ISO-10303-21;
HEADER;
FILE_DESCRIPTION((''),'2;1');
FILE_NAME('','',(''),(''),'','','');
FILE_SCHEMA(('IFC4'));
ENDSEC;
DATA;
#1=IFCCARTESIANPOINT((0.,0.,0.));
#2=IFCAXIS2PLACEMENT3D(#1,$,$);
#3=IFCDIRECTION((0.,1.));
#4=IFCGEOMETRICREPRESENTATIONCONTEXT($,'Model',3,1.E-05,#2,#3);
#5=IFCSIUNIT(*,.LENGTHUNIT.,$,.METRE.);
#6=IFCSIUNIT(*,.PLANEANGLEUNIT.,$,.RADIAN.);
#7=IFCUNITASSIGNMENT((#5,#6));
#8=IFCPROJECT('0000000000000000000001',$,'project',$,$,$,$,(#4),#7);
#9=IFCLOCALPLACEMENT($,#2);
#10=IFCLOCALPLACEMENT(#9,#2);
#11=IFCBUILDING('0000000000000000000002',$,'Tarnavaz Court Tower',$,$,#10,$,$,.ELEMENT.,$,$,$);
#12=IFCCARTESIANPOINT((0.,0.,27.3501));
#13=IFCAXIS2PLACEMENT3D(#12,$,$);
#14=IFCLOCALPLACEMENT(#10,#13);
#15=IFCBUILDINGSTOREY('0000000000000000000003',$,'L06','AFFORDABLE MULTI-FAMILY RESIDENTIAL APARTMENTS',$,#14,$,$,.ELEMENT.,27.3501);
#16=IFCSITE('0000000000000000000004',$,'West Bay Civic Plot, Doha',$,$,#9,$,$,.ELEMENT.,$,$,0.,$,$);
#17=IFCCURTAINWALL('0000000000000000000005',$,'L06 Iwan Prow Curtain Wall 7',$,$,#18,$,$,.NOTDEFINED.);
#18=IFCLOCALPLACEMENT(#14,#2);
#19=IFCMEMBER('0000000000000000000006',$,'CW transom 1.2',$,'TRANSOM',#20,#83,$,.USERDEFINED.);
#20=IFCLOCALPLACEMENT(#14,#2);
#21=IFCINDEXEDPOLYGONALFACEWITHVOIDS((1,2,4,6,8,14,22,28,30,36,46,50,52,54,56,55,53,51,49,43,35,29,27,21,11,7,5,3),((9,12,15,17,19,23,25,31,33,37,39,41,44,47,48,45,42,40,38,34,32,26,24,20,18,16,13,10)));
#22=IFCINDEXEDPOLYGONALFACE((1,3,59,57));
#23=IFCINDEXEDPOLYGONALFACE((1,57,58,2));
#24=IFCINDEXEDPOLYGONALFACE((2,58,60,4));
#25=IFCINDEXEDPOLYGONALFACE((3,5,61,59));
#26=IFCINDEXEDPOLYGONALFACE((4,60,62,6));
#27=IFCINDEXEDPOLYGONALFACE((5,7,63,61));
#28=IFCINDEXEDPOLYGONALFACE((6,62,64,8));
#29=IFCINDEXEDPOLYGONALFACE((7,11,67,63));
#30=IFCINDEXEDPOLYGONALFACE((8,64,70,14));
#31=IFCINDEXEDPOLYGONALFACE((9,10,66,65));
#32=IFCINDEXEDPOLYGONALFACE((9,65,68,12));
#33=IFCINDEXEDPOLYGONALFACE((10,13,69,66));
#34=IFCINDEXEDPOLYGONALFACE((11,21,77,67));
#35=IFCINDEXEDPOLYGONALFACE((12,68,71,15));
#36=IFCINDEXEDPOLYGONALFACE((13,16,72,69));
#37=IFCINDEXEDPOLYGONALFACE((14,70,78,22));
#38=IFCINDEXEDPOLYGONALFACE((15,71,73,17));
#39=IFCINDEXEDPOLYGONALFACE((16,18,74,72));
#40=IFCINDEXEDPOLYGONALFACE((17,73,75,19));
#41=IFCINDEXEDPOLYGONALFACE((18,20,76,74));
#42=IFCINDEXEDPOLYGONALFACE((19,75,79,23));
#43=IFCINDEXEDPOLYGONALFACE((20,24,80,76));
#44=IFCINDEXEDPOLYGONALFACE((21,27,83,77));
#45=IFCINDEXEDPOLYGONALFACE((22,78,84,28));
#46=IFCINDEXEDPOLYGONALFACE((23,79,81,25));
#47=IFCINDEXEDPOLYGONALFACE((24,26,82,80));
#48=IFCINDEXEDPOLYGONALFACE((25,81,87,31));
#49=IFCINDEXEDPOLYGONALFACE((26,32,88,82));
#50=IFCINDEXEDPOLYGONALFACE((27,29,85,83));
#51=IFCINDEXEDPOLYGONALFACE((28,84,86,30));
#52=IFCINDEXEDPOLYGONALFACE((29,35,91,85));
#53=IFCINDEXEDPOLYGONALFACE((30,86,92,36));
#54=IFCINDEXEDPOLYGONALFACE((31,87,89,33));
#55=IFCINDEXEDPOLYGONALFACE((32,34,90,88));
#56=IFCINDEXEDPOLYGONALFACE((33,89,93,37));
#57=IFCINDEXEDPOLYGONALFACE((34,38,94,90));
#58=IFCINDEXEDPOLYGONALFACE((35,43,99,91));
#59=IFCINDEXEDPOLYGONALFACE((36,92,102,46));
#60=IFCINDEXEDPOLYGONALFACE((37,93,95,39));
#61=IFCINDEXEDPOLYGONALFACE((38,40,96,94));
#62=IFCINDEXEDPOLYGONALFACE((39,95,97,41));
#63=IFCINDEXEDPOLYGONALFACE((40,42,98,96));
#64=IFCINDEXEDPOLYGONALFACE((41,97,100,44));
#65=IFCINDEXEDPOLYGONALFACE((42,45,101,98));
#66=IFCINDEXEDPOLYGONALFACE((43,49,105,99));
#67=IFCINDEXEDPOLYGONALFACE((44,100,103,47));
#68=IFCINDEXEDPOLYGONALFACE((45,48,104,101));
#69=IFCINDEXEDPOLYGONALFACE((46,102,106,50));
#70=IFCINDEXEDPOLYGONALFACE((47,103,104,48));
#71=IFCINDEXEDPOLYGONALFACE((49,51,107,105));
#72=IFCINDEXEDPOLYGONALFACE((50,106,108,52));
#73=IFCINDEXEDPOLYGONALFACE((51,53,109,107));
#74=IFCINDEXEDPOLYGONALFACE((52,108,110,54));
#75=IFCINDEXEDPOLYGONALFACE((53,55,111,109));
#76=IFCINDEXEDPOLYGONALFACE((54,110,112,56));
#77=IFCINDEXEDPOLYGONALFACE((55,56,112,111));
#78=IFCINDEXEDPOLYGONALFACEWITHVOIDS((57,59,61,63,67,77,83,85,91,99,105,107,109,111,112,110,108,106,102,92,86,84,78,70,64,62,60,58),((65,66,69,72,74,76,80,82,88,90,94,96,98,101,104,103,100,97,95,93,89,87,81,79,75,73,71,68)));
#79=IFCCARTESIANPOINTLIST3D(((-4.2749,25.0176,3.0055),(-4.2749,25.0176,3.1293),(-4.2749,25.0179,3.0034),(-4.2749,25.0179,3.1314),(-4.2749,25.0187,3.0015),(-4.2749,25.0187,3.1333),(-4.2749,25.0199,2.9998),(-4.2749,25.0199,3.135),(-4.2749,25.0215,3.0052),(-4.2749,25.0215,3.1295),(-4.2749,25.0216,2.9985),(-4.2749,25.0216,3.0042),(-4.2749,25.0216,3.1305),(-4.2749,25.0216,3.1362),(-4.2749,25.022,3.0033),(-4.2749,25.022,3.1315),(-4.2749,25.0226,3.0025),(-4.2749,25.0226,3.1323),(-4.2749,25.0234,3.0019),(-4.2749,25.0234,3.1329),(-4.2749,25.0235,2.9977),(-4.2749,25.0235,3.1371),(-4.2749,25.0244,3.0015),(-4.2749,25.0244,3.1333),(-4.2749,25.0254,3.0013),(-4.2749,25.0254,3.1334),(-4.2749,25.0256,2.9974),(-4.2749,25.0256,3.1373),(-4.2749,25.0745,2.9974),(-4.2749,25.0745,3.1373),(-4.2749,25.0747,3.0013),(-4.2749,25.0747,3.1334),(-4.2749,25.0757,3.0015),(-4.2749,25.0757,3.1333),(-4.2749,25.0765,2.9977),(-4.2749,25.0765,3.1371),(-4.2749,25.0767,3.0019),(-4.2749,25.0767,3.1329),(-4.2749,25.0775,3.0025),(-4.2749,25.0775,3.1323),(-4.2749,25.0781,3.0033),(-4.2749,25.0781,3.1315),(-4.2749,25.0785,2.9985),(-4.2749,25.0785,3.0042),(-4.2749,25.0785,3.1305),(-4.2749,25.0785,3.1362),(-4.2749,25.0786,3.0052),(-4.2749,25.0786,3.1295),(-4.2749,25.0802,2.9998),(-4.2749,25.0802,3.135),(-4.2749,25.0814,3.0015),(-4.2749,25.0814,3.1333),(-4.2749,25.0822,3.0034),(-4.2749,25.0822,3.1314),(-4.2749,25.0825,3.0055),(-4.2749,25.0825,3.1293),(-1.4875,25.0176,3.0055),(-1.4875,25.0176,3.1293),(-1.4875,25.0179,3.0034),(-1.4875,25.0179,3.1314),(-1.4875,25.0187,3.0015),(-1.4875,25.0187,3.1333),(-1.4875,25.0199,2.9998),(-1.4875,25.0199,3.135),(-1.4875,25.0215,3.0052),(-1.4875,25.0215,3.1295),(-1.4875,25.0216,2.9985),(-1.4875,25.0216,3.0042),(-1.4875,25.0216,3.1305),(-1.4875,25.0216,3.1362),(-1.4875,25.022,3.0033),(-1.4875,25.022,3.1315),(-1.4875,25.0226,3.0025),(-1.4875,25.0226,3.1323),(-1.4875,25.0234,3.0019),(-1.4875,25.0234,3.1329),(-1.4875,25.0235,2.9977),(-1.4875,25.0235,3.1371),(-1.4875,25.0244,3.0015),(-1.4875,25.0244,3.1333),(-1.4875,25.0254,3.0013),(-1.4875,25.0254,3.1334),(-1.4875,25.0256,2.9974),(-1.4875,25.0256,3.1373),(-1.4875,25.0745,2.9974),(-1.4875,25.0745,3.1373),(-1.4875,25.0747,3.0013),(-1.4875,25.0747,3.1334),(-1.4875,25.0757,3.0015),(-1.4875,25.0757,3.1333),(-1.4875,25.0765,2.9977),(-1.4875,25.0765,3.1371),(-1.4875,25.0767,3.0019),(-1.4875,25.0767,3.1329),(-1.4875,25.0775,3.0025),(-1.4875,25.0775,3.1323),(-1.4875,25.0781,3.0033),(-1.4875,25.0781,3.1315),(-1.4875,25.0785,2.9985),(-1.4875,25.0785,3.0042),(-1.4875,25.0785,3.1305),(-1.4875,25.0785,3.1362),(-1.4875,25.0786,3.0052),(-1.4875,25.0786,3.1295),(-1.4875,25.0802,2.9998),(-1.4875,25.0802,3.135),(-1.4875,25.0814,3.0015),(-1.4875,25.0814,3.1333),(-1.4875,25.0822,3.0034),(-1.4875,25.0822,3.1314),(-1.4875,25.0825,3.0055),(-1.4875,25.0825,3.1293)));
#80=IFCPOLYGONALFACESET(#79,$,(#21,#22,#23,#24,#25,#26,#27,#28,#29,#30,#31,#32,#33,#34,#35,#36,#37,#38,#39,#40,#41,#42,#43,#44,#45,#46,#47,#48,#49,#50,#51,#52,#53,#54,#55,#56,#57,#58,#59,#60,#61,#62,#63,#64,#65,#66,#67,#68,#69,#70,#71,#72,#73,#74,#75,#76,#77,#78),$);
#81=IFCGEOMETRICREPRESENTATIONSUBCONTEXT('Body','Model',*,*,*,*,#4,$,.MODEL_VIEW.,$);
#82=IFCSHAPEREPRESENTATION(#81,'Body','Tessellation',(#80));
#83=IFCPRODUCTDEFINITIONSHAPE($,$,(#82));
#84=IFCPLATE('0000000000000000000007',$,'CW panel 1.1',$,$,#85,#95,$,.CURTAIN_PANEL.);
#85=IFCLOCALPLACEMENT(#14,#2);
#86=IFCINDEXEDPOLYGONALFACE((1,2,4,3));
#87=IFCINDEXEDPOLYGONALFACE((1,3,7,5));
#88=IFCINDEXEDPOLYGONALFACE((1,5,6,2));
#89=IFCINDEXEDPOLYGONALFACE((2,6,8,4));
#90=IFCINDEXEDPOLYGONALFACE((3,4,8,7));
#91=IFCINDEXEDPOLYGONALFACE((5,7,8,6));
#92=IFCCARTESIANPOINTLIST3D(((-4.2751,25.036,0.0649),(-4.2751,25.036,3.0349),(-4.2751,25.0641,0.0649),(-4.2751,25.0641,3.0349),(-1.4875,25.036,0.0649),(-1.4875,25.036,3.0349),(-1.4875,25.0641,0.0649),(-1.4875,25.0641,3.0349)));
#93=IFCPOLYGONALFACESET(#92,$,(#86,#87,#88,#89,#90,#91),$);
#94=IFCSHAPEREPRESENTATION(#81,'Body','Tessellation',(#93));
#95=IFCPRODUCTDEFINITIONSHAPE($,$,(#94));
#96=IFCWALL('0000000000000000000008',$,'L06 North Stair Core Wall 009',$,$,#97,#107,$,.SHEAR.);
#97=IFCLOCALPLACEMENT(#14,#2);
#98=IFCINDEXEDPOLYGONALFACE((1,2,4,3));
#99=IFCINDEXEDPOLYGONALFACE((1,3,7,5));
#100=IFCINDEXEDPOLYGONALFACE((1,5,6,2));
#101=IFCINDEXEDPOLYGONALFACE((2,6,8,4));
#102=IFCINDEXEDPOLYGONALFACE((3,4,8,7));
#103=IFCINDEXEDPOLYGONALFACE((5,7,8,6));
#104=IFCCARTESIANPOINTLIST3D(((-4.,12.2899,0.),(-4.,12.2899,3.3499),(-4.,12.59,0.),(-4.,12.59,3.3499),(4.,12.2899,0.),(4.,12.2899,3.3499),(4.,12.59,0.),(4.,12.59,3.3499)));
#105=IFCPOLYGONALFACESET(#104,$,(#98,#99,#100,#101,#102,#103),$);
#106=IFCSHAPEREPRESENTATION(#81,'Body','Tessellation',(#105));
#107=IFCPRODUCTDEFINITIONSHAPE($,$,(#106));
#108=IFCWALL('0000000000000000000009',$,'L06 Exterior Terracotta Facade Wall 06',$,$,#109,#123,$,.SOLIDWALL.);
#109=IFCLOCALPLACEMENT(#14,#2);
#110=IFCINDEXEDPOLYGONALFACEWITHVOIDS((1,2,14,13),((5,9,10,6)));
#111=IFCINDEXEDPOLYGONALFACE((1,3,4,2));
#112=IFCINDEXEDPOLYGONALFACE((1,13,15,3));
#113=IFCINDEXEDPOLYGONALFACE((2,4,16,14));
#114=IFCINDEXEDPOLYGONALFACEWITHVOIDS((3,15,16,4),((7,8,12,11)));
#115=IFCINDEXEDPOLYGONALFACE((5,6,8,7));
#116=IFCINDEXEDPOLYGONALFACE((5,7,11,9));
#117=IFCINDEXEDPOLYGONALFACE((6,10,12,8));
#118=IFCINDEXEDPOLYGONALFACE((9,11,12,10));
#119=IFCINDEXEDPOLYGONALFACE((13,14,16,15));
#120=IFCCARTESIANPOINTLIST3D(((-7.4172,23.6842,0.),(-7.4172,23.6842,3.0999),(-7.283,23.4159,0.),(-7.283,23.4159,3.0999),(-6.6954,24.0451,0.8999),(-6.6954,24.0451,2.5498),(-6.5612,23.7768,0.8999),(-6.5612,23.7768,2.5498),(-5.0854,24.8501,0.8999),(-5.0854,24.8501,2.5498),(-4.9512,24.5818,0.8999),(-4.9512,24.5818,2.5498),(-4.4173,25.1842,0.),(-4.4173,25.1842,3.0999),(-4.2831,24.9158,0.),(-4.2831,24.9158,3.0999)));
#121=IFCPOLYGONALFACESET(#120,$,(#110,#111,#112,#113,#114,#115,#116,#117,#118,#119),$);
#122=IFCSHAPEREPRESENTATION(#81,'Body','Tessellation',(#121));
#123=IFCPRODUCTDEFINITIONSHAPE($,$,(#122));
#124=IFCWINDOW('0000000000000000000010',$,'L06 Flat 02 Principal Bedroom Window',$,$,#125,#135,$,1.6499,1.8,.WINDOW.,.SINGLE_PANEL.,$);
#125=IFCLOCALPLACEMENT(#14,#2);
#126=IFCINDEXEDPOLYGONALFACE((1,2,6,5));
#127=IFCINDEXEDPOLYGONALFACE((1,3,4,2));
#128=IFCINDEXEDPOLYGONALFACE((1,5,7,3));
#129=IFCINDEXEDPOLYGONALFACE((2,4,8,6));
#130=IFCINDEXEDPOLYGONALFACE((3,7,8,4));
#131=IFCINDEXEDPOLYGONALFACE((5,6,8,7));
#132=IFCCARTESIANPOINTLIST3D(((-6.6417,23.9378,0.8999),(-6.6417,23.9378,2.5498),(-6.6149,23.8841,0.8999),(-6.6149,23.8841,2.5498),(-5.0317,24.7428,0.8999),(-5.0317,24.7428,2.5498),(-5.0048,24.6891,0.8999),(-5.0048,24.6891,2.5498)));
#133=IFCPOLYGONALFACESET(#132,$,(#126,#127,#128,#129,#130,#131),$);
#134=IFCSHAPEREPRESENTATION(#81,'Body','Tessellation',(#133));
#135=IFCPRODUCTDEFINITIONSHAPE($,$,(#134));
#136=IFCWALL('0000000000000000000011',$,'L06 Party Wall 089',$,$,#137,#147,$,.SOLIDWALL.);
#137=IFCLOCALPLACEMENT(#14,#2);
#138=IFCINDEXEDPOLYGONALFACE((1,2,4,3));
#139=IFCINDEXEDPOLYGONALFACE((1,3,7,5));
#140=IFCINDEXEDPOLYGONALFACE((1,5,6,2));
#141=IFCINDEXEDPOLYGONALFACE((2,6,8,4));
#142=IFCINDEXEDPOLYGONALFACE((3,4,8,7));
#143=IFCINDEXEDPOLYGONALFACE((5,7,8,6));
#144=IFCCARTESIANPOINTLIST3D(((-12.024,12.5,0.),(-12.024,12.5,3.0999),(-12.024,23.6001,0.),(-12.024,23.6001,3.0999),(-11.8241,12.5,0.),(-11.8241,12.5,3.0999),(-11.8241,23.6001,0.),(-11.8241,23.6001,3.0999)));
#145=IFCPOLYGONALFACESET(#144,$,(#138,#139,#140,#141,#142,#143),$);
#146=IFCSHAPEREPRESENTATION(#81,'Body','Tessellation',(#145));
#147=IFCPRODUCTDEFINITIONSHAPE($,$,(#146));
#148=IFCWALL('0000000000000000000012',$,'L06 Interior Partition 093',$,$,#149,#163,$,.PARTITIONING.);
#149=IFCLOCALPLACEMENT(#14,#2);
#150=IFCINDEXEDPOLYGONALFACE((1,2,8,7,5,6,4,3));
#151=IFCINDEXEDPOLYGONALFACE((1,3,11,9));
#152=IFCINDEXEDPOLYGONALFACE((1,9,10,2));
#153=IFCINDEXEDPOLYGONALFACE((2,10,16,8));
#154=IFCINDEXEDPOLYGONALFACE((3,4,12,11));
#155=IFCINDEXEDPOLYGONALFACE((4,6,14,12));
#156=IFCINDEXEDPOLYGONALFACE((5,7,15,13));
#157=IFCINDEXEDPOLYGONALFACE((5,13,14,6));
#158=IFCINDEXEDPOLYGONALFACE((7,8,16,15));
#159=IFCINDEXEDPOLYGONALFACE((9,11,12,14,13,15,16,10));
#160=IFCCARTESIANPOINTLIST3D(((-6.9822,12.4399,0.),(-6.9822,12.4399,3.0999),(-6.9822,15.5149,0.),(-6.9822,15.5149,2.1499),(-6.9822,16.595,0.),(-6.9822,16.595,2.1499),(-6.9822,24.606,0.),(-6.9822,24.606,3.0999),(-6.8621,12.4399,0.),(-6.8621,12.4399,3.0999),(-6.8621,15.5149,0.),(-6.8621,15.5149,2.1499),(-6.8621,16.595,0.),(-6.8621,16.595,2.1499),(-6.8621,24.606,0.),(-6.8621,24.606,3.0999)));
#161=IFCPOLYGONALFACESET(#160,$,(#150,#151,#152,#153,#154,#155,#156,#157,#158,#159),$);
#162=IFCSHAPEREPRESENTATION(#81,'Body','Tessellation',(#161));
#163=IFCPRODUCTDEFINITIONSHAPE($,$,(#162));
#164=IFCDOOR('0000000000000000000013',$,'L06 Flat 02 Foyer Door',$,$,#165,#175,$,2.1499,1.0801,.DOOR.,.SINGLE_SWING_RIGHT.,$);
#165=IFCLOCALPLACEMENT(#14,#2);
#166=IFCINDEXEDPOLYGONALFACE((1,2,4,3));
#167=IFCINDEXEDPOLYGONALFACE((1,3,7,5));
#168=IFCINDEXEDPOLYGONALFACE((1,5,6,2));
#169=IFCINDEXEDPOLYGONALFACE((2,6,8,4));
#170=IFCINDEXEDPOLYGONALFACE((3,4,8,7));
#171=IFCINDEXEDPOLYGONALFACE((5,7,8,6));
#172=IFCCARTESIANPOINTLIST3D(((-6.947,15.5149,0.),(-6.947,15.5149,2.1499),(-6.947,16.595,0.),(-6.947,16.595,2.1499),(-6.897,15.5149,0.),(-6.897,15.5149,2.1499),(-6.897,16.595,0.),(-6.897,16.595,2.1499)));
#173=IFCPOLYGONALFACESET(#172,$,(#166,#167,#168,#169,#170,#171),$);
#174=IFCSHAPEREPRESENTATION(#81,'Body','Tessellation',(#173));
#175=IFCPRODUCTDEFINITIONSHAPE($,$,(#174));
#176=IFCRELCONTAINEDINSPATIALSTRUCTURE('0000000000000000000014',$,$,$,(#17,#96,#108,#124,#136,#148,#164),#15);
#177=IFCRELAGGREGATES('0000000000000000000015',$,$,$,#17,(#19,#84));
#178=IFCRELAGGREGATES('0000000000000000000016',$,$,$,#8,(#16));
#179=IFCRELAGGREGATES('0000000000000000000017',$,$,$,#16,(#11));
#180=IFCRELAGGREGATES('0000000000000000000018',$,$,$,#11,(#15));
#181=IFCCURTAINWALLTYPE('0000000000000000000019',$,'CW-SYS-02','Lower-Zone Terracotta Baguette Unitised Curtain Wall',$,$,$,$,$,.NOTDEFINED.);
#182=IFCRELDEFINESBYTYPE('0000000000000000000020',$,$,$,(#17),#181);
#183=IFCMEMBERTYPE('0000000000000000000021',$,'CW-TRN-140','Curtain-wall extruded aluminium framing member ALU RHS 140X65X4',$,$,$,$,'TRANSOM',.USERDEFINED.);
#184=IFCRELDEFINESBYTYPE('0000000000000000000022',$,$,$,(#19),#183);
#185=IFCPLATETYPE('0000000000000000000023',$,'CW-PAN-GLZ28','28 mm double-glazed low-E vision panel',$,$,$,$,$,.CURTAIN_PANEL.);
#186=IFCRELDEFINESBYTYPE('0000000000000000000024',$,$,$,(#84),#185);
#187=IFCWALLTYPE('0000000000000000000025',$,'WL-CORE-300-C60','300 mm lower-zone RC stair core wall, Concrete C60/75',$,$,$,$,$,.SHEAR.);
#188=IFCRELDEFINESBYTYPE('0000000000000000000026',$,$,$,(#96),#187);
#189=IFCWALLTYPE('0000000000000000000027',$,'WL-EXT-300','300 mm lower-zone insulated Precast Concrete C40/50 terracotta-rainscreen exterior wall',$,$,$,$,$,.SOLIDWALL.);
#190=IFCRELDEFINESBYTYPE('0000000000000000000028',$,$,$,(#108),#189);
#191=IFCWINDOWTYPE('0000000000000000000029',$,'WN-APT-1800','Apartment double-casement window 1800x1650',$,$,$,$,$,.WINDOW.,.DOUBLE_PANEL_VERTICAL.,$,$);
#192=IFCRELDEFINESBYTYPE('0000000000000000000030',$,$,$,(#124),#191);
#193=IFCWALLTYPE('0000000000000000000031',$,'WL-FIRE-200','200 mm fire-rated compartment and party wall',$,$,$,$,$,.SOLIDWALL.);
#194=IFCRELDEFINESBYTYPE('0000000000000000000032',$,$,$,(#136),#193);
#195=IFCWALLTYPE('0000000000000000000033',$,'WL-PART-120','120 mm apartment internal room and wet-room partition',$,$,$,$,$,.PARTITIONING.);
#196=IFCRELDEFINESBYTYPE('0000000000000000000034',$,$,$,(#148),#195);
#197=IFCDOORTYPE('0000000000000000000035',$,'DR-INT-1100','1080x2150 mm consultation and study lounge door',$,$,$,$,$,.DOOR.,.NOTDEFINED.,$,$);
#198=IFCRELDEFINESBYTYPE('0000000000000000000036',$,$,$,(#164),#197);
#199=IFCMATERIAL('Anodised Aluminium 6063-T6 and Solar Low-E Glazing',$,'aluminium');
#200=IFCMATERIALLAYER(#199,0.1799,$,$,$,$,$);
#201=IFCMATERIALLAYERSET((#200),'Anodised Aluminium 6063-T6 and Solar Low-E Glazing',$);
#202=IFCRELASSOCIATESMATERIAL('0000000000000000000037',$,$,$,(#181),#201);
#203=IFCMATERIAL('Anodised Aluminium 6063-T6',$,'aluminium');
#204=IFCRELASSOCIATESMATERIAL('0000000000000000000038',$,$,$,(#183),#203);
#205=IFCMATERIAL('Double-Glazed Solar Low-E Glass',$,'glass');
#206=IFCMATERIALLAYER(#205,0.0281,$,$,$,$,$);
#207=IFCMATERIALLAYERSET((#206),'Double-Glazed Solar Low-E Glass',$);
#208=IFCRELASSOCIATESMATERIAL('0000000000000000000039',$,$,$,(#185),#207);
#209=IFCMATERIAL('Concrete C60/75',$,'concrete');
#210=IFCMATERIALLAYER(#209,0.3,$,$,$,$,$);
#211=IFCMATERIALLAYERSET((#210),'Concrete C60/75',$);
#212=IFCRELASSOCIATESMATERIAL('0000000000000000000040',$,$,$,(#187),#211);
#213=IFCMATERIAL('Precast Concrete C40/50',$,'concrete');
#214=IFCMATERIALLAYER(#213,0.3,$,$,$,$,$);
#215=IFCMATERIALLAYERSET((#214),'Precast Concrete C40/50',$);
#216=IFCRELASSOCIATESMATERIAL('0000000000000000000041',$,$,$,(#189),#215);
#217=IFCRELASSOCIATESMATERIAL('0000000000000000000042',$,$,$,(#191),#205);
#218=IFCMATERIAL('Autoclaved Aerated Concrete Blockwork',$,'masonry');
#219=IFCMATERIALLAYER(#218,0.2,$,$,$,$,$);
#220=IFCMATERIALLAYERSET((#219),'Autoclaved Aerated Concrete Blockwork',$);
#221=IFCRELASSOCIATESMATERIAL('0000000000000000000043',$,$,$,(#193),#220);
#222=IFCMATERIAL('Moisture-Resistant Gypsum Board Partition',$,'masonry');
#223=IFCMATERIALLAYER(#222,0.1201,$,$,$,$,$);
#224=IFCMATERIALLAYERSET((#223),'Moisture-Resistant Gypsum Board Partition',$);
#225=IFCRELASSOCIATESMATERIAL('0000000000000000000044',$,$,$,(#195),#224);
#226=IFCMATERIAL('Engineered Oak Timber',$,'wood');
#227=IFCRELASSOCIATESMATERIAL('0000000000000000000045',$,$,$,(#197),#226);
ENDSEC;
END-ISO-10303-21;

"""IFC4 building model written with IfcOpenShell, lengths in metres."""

from ifc_helpers import new_model, si_unit, direction, frame, frame_2d, origin, origin_2d, place, context, subcontext, project, spatial, rectangle, hollow_rectangle, extrude, material, layer, layer_set, material_profile, profile_set, type_object, element, fill, aggregate, save


model = new_model("IFC4")

# Units and contexts
model_context = context("Model", 3, precision=1e-05, world=origin(), true_north=direction((0.0, 1.0)))
body_context = subcontext(model_context, "Body", "Model", "MODEL_VIEW")
ifc_project = project(units=[si_unit("LENGTHUNIT", "METRE"), si_unit("PLANEANGLEUNIT", "RADIAN")], contexts=[model_context])

# Site, building, storey
site_placement = place(None, origin())
site = spatial("IfcSite", under=ifc_project, at=site_placement, Name="West Bay Civic Plot, Doha", CompositionType="ELEMENT", RefElevation=0.0)
building_placement = place(site_placement, origin())
building = spatial("IfcBuilding", under=site, at=building_placement, Name="Tarnavaz Court Tower", CompositionType="ELEMENT")
storey_placement = place(building_placement, frame((0.0, 0.0, 27.3501)))
storey = spatial("IfcBuildingStorey", under=building, at=storey_placement, Name="L06", Description="AFFORDABLE MULTI-FAMILY RESIDENTIAL APARTMENTS", CompositionType="ELEMENT", Elevation=27.3501)

# Shared definitions
ifc_material_1 = material(Name="Concrete C60/75", Category="concrete")

# Curtain wall, member, plate
ifc_material_2 = material(Name="Anodised Aluminium 6063-T6 and Solar Low-E Glazing", Category="aluminium")
ifc_layer_1 = layer(ifc_material_2, 0.1799)
ifc_layer_set_1 = layer_set([ifc_layer_1], Name="Anodised Aluminium 6063-T6 and Solar Low-E Glazing")
curtain_wall_type = type_object("IfcCurtainWallType", Name="CW-SYS-02", Description="Lower-Zone Terracotta Baguette Unitised Curtain Wall", PredefinedType="NOTDEFINED", material=ifc_layer_set_1)
curtain_wall_placement = place(storey_placement, origin())
curtain_wall = element("IfcCurtainWall", 1, at=curtain_wall_placement, inside=storey, type_object=curtain_wall_type, Name="L06 Iwan Prow Curtain Wall 7", PredefinedType="NOTDEFINED")
ifc_material_3 = material(Name="Anodised Aluminium 6063-T6", Category="aluminium")
ifc_material_profile_1 = material_profile(ifc_material_3, hollow_rectangle(XDim=0.0649, YDim=0.1399, WallThickness=0.0039, InnerFilletRadius=0.0039, OuterFilletRadius=0.0081, at=origin_2d()), Name="ALU RHS 140X65X4")
ifc_profile_set_1 = profile_set([ifc_material_profile_1], Name="Anodised Aluminium 6063-T6")
member_type_1 = type_object("IfcMemberType", Name="CW-TRN-140", Description="Curtain-wall extruded aluminium framing member ALU RHS 140X65X4", ElementType="TRANSOM", PredefinedType="USERDEFINED", material=ifc_profile_set_1)
member_1_placement = place(storey_placement, frame((-4.2749, 25.05, 3.0674), z_axis=(1.0, 0.0, 0.0), x_axis=(0.0, 1.0, 0.0)))
member_1 = element("IfcMember", 2, at=member_1_placement, type_object=member_type_1, Name="CW transom 1.2", ObjectType="TRANSOM", PredefinedType="USERDEFINED", context=body_context, shape_type="SweptSolid", body=[
    extrude(hollow_rectangle(XDim=0.0649, YDim=0.1399, WallThickness=0.0039, InnerFilletRadius=0.0039, OuterFilletRadius=0.0081, at=origin_2d()), origin(), (0.0, 0.0, 1.0), 2.7874),
])
ifc_material_4 = material(Name="Double-Glazed Solar Low-E Glass", Category="glass")
ifc_layer_2 = layer(ifc_material_4, 0.0281)
ifc_layer_set_2 = layer_set([ifc_layer_2], Name="Double-Glazed Solar Low-E Glass")
plate_type = type_object("IfcPlateType", Name="CW-PAN-GLZ28", Description="28 mm double-glazed low-E vision panel", PredefinedType="CURTAIN_PANEL", material=ifc_layer_set_2)
plate_placement = place(storey_placement, frame((-2.8813, 25.05, 0.0649), z_axis=(0.0, 0.0, 1.0), x_axis=(1.0, 0.0, 0.0)))
plate = element("IfcPlate", 3, at=plate_placement, type_object=plate_type, Name="CW panel 1.1", PredefinedType="CURTAIN_PANEL", context=body_context, shape_type="SweptSolid", body=[
    extrude(rectangle(XDim=2.7876, YDim=0.0281, at=origin_2d()), origin(), (0.0, 0.0, 1.0), 2.97),
])
aggregate(curtain_wall, [member_1, plate])

# Wall
ifc_layer_3 = layer(ifc_material_1, 0.3)
ifc_layer_set_3 = layer_set([ifc_layer_3], Name="Concrete C60/75")
wall_type_1 = type_object("IfcWallType", Name="WL-CORE-300-C60", Description="300 mm lower-zone RC stair core wall, Concrete C60/75", PredefinedType="SHEAR", material=ifc_layer_set_3)
wall_1_placement = place(storey_placement, frame((-4.0, 12.4399, 0.0), z_axis=(0.0, 0.0, 1.0), x_axis=(1.0, 0.0, 0.0)))
element("IfcWall", 4, at=wall_1_placement, inside=storey, type_object=wall_type_1, Name="L06 North Stair Core Wall 009", PredefinedType="SHEAR", context=body_context, shape_type="SweptSolid", body=[
    extrude(rectangle(XDim=8.0, YDim=0.3, at=frame_2d((4.0, 0.0))), origin(), (0.0, 0.0, 1.0), 3.3499),
])

# Wall, opening, window
ifc_material_5 = material(Name="Precast Concrete C40/50", Category="concrete")
ifc_layer_4 = layer(ifc_material_5, 0.3)
ifc_layer_set_4 = layer_set([ifc_layer_4], Name="Precast Concrete C40/50")
wall_type_2 = type_object("IfcWallType", Name="WL-EXT-300", Description="300 mm lower-zone insulated Precast Concrete C40/50 terracotta-rainscreen exterior wall", PredefinedType="SOLIDWALL", material=ifc_layer_set_4)
wall_2_placement = place(storey_placement, frame((-7.3501, 23.55, 0.0), z_axis=(0.0, 0.0, 1.0), x_axis=(0.894427, 0.447214, 0.0)))
wall_2 = element("IfcWall", 5, at=wall_2_placement, inside=storey, type_object=wall_type_2, Name="L06 Exterior Terracotta Facade Wall 06", PredefinedType="SOLIDWALL", context=body_context, shape_type="SweptSolid", body=[
    extrude(rectangle(XDim=3.354, YDim=0.3, at=frame_2d((1.677, 0.0))), origin(), (0.0, 0.0, 1.0), 3.0999),
])
opening_1_placement = place(wall_2_placement, frame((0.8071, 0.0, 0.8999)))
opening_1 = element("IfcOpeningElement", 6, at=opening_1_placement, cuts=wall_2, PredefinedType="OPENING", context=body_context, shape_type="SweptSolid", body=[
    extrude(rectangle(XDim=1.8, YDim=1.6499, at=frame_2d((0.8999, 0.825))), frame((0.0, 0.1599, 0.0), z_axis=(0.0, -1.0, 0.0), x_axis=(1.0, 0.0, 0.0)), (0.0, 0.0, 1.0), 0.3201),
])
window_type = type_object("IfcWindowType", Name="WN-APT-1800", Description="Apartment double-casement window 1800x1650", PartitioningType="DOUBLE_PANEL_VERTICAL", PredefinedType="WINDOW", material=ifc_material_4)
window_placement = place(opening_1_placement, origin())
window = element("IfcWindow", 7, at=window_placement, inside=storey, type_object=window_type, Name="L06 Flat 02 Principal Bedroom Window", OverallHeight=1.6499, OverallWidth=1.8, PartitioningType="SINGLE_PANEL", PredefinedType="WINDOW", context=body_context, shape_type="SweptSolid", body=[
    extrude(rectangle(XDim=1.8, YDim=1.6499, at=frame_2d((0.8999, 0.825))), frame((0.0, 0.03, 0.0), z_axis=(0.0, -1.0, 0.0), x_axis=(1.0, 0.0, 0.0)), (0.0, 0.0, 1.0), 0.0601),
])
fill(opening_1, window)

# Wall
ifc_material_6 = material(Name="Autoclaved Aerated Concrete Blockwork", Category="masonry")
ifc_layer_5 = layer(ifc_material_6, 0.2)
ifc_layer_set_5 = layer_set([ifc_layer_5], Name="Autoclaved Aerated Concrete Blockwork")
wall_type_3 = type_object("IfcWallType", Name="WL-FIRE-200", Description="200 mm fire-rated compartment and party wall", PredefinedType="SOLIDWALL", material=ifc_layer_set_5)
wall_3_placement = place(storey_placement, frame((-11.9241, 12.5, 0.0), z_axis=(0.0, 0.0, 1.0), x_axis=(0.0, 1.0, 0.0)))
element("IfcWall", 8, at=wall_3_placement, inside=storey, type_object=wall_type_3, Name="L06 Party Wall 089", PredefinedType="SOLIDWALL", context=body_context, shape_type="SweptSolid", body=[
    extrude(rectangle(XDim=11.1001, YDim=0.2, at=frame_2d((5.55, 0.0))), origin(), (0.0, 0.0, 1.0), 3.0999),
])

# Wall, opening, door
ifc_material_7 = material(Name="Moisture-Resistant Gypsum Board Partition", Category="masonry")
ifc_layer_6 = layer(ifc_material_7, 0.1201)
ifc_layer_set_6 = layer_set([ifc_layer_6], Name="Moisture-Resistant Gypsum Board Partition")
wall_type_4 = type_object("IfcWallType", Name="WL-PART-120", Description="120 mm apartment internal room and wet-room partition", PredefinedType="PARTITIONING", material=ifc_layer_set_6)
wall_4_placement = place(storey_placement, frame((-6.9221, 12.4399, 0.0), z_axis=(0.0, 0.0, 1.0), x_axis=(0.0, 1.0, 0.0)))
wall_4 = element("IfcWall", 9, at=wall_4_placement, inside=storey, type_object=wall_type_4, Name="L06 Interior Partition 093", PredefinedType="PARTITIONING", context=body_context, shape_type="SweptSolid", body=[
    extrude(rectangle(XDim=12.166, YDim=0.1201, at=frame_2d((6.083, 0.0))), origin(), (0.0, 0.0, 1.0), 3.0999),
])
opening_2_placement = place(wall_4_placement, frame((3.075, 0.0, 0.0)))
opening_2 = element("IfcOpeningElement", 10, at=opening_2_placement, cuts=wall_4, PredefinedType="OPENING", context=body_context, shape_type="SweptSolid", body=[
    extrude(rectangle(XDim=1.0801, YDim=2.1499, at=frame_2d((0.54, 1.075))), frame((0.0, 0.0701, 0.0), z_axis=(0.0, -1.0, 0.0), x_axis=(1.0, 0.0, 0.0)), (0.0, 0.0, 1.0), 0.1401),
])
ifc_material_8 = material(Name="Engineered Oak Timber", Category="wood")
door_type_1 = type_object("IfcDoorType", Name="DR-INT-1100", Description="1080x2150 mm consultation and study lounge door", OperationType="NOTDEFINED", PredefinedType="DOOR", material=ifc_material_8)
door_1_placement = place(opening_2_placement, origin())
door_1 = element("IfcDoor", 11, at=door_1_placement, inside=storey, type_object=door_type_1, Name="L06 Flat 02 Foyer Door", OperationType="SINGLE_SWING_RIGHT", OverallHeight=2.1499, OverallWidth=1.0801, PredefinedType="DOOR", context=body_context, shape_type="SweptSolid", body=[
    extrude(rectangle(XDim=1.0801, YDim=2.1499, at=frame_2d((0.54, 1.075))), frame((0.0, 0.0249, 0.0), z_axis=(0.0, -1.0, 0.0), x_axis=(1.0, 0.0, 0.0)), (0.0, 0.0, 1.0), 0.05),
])
fill(opening_2, door_1)

save(model, "model.ifc")
